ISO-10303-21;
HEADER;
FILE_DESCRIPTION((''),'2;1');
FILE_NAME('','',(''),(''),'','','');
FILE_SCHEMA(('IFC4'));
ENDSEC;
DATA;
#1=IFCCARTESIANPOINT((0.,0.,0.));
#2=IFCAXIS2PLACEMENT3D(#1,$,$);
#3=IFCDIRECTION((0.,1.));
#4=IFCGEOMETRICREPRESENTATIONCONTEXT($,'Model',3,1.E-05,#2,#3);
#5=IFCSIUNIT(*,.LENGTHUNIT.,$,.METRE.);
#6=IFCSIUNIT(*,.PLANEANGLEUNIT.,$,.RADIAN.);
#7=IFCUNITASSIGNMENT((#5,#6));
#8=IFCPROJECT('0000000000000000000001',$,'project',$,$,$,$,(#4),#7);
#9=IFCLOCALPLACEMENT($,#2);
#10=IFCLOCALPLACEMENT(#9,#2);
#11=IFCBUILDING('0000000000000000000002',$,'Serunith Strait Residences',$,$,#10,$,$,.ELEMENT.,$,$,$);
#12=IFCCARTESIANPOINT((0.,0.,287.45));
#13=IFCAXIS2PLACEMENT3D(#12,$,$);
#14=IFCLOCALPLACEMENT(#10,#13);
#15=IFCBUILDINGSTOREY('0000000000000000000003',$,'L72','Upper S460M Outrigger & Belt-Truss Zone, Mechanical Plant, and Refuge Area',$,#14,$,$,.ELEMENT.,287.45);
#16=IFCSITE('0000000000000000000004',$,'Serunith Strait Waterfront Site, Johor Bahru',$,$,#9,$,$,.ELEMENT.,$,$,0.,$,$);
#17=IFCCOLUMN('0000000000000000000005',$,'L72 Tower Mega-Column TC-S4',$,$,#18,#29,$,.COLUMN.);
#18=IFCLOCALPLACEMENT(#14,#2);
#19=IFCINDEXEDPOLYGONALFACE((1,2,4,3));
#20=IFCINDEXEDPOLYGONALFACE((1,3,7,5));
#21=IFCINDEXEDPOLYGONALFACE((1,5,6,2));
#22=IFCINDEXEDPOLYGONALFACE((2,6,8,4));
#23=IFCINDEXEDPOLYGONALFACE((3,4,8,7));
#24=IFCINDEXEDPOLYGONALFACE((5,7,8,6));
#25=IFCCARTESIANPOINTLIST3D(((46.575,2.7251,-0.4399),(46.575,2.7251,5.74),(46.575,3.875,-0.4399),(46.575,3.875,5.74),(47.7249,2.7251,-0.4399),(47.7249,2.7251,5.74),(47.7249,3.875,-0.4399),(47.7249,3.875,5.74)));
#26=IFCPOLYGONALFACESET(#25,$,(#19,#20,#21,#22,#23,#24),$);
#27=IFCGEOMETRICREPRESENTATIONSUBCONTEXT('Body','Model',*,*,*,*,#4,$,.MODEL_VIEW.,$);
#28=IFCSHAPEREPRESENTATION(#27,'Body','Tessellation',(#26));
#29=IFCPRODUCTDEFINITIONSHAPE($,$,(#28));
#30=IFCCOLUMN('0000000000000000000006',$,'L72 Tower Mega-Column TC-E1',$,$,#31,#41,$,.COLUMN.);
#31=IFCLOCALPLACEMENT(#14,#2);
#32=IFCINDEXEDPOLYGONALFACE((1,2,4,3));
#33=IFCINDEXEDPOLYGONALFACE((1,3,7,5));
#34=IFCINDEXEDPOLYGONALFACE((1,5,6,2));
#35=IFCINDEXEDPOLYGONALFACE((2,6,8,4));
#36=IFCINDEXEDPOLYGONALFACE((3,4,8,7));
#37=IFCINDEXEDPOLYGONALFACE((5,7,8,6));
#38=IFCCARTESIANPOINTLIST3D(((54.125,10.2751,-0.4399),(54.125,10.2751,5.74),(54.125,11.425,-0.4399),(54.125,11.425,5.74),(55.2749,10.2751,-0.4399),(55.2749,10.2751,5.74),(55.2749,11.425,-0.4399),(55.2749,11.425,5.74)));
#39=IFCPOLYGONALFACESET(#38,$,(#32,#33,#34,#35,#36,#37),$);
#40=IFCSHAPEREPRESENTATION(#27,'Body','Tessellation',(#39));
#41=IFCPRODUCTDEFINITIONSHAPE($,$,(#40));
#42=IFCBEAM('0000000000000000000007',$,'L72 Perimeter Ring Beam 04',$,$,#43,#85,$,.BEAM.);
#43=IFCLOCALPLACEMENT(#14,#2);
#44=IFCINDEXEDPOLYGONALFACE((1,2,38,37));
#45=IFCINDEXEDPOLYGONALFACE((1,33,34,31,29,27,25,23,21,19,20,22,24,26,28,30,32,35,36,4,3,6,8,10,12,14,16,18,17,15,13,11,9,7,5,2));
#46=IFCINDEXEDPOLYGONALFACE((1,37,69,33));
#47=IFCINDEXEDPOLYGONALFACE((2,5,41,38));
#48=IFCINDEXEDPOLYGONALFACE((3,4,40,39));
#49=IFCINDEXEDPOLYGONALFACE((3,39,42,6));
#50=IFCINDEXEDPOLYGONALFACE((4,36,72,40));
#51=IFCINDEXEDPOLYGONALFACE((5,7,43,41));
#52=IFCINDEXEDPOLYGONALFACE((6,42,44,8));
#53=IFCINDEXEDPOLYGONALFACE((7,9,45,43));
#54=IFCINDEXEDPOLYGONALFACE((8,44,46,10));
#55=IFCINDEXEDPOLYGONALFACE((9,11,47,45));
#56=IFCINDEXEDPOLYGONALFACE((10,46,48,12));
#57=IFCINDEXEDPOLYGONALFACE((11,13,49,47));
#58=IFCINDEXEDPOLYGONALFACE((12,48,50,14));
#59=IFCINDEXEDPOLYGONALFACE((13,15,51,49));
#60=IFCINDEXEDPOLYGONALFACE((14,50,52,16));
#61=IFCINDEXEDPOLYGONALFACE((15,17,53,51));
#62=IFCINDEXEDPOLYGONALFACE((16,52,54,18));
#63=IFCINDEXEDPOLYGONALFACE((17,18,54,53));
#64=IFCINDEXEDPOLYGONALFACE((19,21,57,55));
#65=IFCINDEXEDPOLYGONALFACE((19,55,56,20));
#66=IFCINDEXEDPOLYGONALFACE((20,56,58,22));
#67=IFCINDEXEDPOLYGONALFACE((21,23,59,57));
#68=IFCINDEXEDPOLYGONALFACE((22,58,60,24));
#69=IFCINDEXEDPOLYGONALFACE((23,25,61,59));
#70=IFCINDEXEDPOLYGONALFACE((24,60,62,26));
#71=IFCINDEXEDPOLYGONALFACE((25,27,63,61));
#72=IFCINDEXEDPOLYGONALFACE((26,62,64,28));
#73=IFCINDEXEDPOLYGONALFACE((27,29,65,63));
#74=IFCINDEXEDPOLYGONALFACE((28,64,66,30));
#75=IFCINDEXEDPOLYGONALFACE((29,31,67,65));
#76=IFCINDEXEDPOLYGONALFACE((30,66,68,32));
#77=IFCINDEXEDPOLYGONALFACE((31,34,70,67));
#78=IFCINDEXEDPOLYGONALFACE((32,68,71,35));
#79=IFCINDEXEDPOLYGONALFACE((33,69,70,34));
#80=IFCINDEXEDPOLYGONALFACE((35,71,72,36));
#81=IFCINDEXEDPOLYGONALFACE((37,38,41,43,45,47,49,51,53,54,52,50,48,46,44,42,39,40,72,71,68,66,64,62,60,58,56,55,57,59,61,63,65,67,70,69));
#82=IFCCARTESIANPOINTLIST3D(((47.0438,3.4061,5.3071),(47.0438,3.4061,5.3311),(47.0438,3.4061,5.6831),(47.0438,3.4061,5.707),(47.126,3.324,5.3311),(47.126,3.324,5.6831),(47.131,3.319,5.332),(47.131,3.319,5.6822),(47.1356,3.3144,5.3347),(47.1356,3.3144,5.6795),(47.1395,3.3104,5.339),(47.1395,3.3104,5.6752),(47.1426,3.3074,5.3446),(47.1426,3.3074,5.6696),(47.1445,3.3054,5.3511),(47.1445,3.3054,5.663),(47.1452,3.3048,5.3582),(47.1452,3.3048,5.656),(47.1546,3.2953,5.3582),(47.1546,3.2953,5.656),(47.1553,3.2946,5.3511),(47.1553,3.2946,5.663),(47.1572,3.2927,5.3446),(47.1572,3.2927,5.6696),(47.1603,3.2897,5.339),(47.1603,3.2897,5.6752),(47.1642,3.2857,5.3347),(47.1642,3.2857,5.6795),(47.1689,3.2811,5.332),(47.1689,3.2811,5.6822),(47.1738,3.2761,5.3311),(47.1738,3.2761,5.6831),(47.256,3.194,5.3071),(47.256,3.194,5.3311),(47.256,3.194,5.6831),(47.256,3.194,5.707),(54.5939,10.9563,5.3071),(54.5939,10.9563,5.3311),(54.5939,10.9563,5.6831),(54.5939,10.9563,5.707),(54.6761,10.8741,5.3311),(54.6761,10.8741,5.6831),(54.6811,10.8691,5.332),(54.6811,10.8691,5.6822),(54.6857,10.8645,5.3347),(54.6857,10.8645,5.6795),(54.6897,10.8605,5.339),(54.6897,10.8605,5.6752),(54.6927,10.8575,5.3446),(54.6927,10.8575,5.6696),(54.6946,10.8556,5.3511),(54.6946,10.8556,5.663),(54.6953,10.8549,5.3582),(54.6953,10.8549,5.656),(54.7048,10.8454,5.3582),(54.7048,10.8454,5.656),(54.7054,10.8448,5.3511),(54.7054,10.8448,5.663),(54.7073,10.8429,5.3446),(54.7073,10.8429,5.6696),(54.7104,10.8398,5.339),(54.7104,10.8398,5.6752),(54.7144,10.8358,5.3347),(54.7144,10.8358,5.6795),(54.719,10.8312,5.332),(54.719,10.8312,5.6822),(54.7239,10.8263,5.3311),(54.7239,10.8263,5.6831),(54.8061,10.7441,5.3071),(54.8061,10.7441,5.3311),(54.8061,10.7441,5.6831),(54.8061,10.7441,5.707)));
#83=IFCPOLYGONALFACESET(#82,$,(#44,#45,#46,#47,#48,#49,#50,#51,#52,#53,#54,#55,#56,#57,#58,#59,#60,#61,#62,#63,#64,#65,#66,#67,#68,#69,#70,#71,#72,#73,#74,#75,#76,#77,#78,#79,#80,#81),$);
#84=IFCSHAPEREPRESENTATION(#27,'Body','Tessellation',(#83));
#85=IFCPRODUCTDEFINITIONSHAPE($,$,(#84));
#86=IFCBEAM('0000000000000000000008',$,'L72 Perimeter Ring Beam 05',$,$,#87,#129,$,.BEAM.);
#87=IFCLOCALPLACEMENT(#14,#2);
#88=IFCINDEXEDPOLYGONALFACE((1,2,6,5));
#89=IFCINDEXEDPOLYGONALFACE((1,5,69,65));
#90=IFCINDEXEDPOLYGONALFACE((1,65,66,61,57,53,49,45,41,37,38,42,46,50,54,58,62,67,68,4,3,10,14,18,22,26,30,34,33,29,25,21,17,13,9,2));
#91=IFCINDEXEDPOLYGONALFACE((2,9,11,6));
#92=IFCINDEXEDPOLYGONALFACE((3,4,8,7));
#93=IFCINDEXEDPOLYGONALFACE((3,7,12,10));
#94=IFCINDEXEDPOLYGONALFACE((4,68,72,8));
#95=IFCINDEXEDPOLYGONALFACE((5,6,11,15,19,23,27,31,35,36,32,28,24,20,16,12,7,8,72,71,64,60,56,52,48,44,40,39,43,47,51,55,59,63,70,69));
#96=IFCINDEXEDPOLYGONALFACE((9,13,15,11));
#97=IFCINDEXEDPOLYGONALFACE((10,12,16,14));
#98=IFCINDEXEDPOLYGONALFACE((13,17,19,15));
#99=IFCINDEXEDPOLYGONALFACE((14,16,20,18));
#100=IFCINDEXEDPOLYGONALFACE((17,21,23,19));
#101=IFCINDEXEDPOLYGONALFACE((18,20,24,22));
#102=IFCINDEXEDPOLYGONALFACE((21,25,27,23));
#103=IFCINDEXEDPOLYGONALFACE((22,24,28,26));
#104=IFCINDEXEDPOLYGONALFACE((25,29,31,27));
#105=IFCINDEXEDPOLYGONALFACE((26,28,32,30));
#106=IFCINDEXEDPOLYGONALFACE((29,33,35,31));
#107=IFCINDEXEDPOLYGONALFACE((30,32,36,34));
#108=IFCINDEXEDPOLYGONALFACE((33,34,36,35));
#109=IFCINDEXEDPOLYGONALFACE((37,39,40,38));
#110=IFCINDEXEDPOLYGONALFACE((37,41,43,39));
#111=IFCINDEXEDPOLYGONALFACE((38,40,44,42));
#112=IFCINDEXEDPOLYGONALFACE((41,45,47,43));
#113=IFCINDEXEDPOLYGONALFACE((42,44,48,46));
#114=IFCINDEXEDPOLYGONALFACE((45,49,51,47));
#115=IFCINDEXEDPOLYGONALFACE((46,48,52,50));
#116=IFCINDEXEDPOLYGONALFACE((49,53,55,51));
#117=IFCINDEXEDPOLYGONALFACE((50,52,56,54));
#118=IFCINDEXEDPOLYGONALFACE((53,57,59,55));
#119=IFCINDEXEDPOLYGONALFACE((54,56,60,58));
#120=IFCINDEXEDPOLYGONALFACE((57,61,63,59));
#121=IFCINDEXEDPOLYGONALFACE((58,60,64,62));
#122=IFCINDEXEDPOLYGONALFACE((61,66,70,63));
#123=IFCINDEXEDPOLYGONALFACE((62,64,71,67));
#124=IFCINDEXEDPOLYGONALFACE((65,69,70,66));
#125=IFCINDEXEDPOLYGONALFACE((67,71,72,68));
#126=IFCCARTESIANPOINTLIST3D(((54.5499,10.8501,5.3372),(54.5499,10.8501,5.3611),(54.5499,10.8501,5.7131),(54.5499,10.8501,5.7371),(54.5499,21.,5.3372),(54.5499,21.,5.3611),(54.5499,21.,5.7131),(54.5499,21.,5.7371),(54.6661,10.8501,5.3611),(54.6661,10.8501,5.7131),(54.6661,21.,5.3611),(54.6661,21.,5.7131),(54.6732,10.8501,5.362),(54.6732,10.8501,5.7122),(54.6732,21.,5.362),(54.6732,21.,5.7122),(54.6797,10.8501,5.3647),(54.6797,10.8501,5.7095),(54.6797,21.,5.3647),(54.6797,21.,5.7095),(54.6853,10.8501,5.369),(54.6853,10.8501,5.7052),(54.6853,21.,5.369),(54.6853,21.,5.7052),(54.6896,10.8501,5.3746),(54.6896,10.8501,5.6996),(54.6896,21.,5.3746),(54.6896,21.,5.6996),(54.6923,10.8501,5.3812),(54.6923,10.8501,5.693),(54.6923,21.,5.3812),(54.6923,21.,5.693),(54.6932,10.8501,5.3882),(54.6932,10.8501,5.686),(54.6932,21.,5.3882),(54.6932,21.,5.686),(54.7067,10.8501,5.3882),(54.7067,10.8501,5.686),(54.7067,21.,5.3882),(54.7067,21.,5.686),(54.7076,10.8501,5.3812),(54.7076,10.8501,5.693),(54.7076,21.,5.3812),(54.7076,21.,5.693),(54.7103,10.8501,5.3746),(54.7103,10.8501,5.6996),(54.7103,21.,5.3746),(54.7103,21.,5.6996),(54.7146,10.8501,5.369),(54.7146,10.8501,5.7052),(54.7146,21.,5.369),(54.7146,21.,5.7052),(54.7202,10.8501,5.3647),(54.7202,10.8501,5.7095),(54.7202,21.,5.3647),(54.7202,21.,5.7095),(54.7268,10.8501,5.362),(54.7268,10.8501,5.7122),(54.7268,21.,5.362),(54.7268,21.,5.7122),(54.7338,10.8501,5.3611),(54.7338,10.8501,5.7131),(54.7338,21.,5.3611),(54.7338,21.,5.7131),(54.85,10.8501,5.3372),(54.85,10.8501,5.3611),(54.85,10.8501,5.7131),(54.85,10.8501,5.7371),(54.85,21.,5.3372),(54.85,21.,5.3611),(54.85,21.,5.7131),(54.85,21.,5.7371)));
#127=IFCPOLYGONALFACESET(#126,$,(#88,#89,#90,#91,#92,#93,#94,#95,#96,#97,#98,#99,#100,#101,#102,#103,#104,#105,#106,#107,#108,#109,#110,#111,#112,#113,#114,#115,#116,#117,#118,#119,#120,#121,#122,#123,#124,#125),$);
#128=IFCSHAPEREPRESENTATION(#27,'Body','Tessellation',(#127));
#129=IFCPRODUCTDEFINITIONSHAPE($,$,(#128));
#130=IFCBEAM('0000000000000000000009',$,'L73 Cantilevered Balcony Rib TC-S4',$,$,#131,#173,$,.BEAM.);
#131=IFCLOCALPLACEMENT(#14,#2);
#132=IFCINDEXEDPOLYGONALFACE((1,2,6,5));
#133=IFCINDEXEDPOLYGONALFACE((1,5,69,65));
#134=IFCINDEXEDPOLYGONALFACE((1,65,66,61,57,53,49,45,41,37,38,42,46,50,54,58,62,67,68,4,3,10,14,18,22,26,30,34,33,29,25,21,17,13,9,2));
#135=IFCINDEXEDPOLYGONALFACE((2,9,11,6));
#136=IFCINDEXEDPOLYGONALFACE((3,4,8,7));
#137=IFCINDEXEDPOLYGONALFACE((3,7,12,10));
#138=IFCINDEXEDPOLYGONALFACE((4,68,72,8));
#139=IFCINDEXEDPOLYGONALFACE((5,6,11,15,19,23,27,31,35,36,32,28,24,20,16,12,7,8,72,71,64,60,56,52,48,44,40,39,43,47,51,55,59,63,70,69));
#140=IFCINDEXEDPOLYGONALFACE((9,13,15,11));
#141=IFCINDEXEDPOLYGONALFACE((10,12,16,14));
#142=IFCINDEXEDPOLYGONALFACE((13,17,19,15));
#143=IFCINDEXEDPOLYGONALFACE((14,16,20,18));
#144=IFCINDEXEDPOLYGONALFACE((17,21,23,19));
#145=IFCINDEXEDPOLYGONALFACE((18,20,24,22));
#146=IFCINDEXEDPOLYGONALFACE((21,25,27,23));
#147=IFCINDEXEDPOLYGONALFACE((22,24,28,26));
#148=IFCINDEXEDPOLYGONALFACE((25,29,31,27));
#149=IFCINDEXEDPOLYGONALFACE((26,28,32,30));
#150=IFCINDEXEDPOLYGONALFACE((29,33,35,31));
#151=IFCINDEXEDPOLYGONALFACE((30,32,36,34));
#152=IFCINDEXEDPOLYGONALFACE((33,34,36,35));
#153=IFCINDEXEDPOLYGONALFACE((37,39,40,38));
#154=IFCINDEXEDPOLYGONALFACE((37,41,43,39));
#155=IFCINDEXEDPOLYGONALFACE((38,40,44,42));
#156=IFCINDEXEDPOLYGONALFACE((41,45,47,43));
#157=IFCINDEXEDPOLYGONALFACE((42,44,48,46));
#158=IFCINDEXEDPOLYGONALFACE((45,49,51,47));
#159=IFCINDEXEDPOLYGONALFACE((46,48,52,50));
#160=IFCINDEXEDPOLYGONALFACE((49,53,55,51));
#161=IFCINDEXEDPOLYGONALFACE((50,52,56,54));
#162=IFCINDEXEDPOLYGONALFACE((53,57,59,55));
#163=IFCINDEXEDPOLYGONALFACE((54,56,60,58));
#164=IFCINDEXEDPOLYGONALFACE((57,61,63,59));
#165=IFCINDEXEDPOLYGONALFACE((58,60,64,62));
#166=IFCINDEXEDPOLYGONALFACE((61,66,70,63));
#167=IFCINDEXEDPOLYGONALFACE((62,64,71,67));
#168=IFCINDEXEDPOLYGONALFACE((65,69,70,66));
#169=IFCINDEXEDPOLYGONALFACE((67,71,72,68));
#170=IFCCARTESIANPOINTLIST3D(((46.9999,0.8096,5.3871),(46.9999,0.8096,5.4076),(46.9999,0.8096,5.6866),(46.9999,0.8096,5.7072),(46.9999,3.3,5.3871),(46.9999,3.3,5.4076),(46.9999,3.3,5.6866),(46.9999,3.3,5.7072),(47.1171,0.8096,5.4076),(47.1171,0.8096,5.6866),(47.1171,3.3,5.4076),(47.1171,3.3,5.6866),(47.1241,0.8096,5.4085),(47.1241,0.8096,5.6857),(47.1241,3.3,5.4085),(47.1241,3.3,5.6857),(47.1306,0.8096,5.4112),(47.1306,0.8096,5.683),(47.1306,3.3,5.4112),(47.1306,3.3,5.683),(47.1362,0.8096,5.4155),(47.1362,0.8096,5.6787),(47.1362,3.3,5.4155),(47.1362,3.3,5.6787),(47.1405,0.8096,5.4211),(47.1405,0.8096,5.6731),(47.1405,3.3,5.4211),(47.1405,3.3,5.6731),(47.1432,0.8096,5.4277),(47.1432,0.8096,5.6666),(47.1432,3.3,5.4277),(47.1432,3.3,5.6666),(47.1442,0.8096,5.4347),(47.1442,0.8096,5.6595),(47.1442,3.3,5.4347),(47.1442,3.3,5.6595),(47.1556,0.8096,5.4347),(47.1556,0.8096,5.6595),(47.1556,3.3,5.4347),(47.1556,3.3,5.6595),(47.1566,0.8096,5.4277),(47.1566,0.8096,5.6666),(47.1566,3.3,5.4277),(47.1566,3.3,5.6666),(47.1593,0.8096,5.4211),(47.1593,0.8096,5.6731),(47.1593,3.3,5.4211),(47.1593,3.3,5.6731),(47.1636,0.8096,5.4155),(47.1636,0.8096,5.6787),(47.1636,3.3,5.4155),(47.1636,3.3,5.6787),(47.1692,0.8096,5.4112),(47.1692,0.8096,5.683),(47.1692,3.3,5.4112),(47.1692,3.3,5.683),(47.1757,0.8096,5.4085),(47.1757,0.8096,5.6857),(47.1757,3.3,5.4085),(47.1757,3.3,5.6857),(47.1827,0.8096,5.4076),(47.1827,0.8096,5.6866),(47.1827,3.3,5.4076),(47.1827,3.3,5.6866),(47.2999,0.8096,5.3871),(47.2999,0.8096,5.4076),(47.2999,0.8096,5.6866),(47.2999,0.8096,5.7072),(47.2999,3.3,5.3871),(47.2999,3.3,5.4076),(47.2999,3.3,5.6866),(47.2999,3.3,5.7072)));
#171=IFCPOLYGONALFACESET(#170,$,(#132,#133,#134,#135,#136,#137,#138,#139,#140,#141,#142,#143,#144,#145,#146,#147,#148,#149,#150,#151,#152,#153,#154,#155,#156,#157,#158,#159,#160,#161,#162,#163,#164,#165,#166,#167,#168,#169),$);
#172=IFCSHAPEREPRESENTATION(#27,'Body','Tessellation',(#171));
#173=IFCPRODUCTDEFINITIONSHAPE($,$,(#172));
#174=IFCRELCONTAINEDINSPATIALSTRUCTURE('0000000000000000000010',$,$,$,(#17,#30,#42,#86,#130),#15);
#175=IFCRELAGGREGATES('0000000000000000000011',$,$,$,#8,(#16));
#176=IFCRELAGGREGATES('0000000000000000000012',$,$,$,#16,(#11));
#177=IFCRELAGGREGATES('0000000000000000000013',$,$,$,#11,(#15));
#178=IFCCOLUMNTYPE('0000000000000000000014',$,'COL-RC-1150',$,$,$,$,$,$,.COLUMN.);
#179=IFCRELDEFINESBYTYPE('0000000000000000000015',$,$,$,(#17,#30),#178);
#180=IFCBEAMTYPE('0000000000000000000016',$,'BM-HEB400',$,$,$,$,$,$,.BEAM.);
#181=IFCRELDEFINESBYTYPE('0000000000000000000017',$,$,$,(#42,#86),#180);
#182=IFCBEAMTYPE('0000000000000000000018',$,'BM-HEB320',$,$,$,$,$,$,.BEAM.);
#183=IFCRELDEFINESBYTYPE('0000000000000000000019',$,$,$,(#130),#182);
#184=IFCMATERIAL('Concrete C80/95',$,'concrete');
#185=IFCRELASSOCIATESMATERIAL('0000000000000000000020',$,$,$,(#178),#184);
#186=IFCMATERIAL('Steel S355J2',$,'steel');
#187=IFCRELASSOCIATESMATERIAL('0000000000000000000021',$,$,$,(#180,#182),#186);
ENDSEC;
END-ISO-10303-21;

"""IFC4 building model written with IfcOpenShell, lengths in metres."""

from ifc_helpers import new_model, si_unit, direction, frame, origin, origin_2d, place, context, subcontext, project, spatial, rectangle, i_section, extrude, source, transform, mapped, material, material_profile, profile_set, type_object, element, save


model = new_model("IFC4")

# Units and contexts
model_context = context("Model", 3, precision=1e-05, world=origin(), true_north=direction((0.0, 1.0)))
body_context = subcontext(model_context, "Body", "Model", "MODEL_VIEW")
ifc_project = project(units=[si_unit("LENGTHUNIT", "METRE"), si_unit("PLANEANGLEUNIT", "RADIAN")], contexts=[model_context])

# Site, building, storey
site_placement = place(None, origin())
site = spatial("IfcSite", under=ifc_project, at=site_placement, Name="Serunith Strait Waterfront Site, Johor Bahru", CompositionType="ELEMENT", RefElevation=0.0)
building_placement = place(site_placement, origin())
building = spatial("IfcBuilding", under=site, at=building_placement, Name="Serunith Strait Residences", CompositionType="ELEMENT")
storey_placement = place(building_placement, frame((0.0, 0.0, 287.45)))
storey = spatial("IfcBuildingStorey", under=building, at=storey_placement, Name="L72", Description="Upper S460M Outrigger & Belt-Truss Zone, Mechanical Plant, and Refuge Area", CompositionType="ELEMENT", Elevation=287.45)

# Columns
ifc_material_1 = material(Name="Concrete C80/95", Category="concrete")
ifc_material_profile_1 = material_profile(ifc_material_1, rectangle(XDim=1.1499, YDim=1.1499, at=origin_2d()), Name="RC 1150x1150")
ifc_profile_set_1 = profile_set([ifc_material_profile_1], Name="Concrete C80/95")
column_type = type_object("IfcColumnType", Name="COL-RC-1150", PredefinedType="COLUMN", material=ifc_profile_set_1)
shared_shape_1 = source(origin(), body_context, "Body", "SweptSolid", [
    extrude(rectangle(XDim=1.1499, YDim=1.1499, at=origin_2d()), origin(), (0.0, 0.0, 1.0), 6.1799),
])
for number, where, z_axis, x_axis, name in (
    (1, (47.1499, 3.3, -0.4399), (0.0, 0.0, 1.0), (1.0, 0.0, 0.0), "L72 Tower Mega-Column TC-S4"),
    (2, (54.7, 10.8501, -0.4399), (0.0, 0.0, 1.0), (1.0, 0.0, 0.0), "L72 Tower Mega-Column TC-E1"),
):
    element("IfcColumn", number, at=place(storey_placement, frame(where, z_axis=z_axis, x_axis=x_axis)), inside=storey, type_object=column_type, Name=name, PredefinedType="COLUMN", context=body_context, shape_type="MappedRepresentation", body=[
        mapped(shared_shape_1, transform((0.0, 0.0, 0.0), scale=1.0)),
    ])

# Beams
ifc_material_2 = material(Name="Steel S355J2", Category="steel")
ifc_material_profile_2 = material_profile(ifc_material_2, i_section(OverallWidth=0.3, OverallDepth=0.3999, WebThickness=0.0134, FlangeThickness=0.0239, FilletRadius=0.0271, at=origin_2d()), Name="HEB 400")
ifc_profile_set_2 = profile_set([ifc_material_profile_2], Name="Steel S355J2")
beam_type_1 = type_object("IfcBeamType", Name="BM-HEB400", PredefinedType="BEAM", material=ifc_profile_set_2)
shared_shape_2 = source(origin(), body_context, "Body", "SweptSolid", [
    extrude(i_section(OverallWidth=0.3, OverallDepth=0.3999, WebThickness=0.0134, FlangeThickness=0.0239, FilletRadius=0.0271, at=origin_2d()), origin(), (0.0, 0.0, 1.0), 10.6775),
])
beam_1_placement = place(storey_placement, frame((47.1499, 3.3, 5.5071), z_axis=(0.707107, 0.707107, 0.0), x_axis=(-0.707107, 0.707107, 0.0)))
element("IfcBeam", 3, at=beam_1_placement, inside=storey, type_object=beam_type_1, Name="L72 Perimeter Ring Beam 04", PredefinedType="BEAM", context=body_context, shape_type="MappedRepresentation", body=[
    mapped(shared_shape_2, transform((0.0, 0.0, 0.0), scale=1.0)),
])
shared_shape_3 = source(origin(), body_context, "Body", "SweptSolid", [
    extrude(i_section(OverallWidth=0.3, OverallDepth=0.3999, WebThickness=0.0134, FlangeThickness=0.0239, FilletRadius=0.0271, at=origin_2d()), origin(), (0.0, 0.0, 1.0), 10.1499),
])
beam_2_placement = place(storey_placement, frame((54.7, 10.8501, 5.5371), z_axis=(0.0, 1.0, 0.0), x_axis=(-1.0, 0.0, 0.0)))
element("IfcBeam", 4, at=beam_2_placement, inside=storey, type_object=beam_type_1, Name="L72 Perimeter Ring Beam 05", PredefinedType="BEAM", context=body_context, shape_type="MappedRepresentation", body=[
    mapped(shared_shape_3, transform((0.0, 0.0, 0.0), scale=1.0)),
])
ifc_material_profile_3 = material_profile(ifc_material_2, i_section(OverallWidth=0.3, OverallDepth=0.3201, WebThickness=0.0115, FlangeThickness=0.0205, FilletRadius=0.0271, at=origin_2d()), Name="HEB 320")
ifc_profile_set_3 = profile_set([ifc_material_profile_3], Name="Steel S355J2")
beam_type_2 = type_object("IfcBeamType", Name="BM-HEB320", PredefinedType="BEAM", material=ifc_profile_set_3)
shared_shape_4 = source(origin(), body_context, "Body", "SweptSolid", [
    extrude(i_section(OverallWidth=0.3, OverallDepth=0.3201, WebThickness=0.0115, FlangeThickness=0.0205, FilletRadius=0.0271, at=origin_2d()), origin(), (0.0, 0.0, 1.0), 2.4905),
])
beam_3_placement = place(storey_placement, frame((47.1499, 3.3, 5.5471), z_axis=(0.0, -1.0, 0.0), x_axis=(1.0, 0.0, 0.0)))
element("IfcBeam", 5, at=beam_3_placement, inside=storey, type_object=beam_type_2, Name="L73 Cantilevered Balcony Rib TC-S4", PredefinedType="BEAM", context=body_context, shape_type="MappedRepresentation", body=[
    mapped(shared_shape_4, transform((0.0, 0.0, 0.0), scale=1.0)),
])

save(model, "model.ifc")
